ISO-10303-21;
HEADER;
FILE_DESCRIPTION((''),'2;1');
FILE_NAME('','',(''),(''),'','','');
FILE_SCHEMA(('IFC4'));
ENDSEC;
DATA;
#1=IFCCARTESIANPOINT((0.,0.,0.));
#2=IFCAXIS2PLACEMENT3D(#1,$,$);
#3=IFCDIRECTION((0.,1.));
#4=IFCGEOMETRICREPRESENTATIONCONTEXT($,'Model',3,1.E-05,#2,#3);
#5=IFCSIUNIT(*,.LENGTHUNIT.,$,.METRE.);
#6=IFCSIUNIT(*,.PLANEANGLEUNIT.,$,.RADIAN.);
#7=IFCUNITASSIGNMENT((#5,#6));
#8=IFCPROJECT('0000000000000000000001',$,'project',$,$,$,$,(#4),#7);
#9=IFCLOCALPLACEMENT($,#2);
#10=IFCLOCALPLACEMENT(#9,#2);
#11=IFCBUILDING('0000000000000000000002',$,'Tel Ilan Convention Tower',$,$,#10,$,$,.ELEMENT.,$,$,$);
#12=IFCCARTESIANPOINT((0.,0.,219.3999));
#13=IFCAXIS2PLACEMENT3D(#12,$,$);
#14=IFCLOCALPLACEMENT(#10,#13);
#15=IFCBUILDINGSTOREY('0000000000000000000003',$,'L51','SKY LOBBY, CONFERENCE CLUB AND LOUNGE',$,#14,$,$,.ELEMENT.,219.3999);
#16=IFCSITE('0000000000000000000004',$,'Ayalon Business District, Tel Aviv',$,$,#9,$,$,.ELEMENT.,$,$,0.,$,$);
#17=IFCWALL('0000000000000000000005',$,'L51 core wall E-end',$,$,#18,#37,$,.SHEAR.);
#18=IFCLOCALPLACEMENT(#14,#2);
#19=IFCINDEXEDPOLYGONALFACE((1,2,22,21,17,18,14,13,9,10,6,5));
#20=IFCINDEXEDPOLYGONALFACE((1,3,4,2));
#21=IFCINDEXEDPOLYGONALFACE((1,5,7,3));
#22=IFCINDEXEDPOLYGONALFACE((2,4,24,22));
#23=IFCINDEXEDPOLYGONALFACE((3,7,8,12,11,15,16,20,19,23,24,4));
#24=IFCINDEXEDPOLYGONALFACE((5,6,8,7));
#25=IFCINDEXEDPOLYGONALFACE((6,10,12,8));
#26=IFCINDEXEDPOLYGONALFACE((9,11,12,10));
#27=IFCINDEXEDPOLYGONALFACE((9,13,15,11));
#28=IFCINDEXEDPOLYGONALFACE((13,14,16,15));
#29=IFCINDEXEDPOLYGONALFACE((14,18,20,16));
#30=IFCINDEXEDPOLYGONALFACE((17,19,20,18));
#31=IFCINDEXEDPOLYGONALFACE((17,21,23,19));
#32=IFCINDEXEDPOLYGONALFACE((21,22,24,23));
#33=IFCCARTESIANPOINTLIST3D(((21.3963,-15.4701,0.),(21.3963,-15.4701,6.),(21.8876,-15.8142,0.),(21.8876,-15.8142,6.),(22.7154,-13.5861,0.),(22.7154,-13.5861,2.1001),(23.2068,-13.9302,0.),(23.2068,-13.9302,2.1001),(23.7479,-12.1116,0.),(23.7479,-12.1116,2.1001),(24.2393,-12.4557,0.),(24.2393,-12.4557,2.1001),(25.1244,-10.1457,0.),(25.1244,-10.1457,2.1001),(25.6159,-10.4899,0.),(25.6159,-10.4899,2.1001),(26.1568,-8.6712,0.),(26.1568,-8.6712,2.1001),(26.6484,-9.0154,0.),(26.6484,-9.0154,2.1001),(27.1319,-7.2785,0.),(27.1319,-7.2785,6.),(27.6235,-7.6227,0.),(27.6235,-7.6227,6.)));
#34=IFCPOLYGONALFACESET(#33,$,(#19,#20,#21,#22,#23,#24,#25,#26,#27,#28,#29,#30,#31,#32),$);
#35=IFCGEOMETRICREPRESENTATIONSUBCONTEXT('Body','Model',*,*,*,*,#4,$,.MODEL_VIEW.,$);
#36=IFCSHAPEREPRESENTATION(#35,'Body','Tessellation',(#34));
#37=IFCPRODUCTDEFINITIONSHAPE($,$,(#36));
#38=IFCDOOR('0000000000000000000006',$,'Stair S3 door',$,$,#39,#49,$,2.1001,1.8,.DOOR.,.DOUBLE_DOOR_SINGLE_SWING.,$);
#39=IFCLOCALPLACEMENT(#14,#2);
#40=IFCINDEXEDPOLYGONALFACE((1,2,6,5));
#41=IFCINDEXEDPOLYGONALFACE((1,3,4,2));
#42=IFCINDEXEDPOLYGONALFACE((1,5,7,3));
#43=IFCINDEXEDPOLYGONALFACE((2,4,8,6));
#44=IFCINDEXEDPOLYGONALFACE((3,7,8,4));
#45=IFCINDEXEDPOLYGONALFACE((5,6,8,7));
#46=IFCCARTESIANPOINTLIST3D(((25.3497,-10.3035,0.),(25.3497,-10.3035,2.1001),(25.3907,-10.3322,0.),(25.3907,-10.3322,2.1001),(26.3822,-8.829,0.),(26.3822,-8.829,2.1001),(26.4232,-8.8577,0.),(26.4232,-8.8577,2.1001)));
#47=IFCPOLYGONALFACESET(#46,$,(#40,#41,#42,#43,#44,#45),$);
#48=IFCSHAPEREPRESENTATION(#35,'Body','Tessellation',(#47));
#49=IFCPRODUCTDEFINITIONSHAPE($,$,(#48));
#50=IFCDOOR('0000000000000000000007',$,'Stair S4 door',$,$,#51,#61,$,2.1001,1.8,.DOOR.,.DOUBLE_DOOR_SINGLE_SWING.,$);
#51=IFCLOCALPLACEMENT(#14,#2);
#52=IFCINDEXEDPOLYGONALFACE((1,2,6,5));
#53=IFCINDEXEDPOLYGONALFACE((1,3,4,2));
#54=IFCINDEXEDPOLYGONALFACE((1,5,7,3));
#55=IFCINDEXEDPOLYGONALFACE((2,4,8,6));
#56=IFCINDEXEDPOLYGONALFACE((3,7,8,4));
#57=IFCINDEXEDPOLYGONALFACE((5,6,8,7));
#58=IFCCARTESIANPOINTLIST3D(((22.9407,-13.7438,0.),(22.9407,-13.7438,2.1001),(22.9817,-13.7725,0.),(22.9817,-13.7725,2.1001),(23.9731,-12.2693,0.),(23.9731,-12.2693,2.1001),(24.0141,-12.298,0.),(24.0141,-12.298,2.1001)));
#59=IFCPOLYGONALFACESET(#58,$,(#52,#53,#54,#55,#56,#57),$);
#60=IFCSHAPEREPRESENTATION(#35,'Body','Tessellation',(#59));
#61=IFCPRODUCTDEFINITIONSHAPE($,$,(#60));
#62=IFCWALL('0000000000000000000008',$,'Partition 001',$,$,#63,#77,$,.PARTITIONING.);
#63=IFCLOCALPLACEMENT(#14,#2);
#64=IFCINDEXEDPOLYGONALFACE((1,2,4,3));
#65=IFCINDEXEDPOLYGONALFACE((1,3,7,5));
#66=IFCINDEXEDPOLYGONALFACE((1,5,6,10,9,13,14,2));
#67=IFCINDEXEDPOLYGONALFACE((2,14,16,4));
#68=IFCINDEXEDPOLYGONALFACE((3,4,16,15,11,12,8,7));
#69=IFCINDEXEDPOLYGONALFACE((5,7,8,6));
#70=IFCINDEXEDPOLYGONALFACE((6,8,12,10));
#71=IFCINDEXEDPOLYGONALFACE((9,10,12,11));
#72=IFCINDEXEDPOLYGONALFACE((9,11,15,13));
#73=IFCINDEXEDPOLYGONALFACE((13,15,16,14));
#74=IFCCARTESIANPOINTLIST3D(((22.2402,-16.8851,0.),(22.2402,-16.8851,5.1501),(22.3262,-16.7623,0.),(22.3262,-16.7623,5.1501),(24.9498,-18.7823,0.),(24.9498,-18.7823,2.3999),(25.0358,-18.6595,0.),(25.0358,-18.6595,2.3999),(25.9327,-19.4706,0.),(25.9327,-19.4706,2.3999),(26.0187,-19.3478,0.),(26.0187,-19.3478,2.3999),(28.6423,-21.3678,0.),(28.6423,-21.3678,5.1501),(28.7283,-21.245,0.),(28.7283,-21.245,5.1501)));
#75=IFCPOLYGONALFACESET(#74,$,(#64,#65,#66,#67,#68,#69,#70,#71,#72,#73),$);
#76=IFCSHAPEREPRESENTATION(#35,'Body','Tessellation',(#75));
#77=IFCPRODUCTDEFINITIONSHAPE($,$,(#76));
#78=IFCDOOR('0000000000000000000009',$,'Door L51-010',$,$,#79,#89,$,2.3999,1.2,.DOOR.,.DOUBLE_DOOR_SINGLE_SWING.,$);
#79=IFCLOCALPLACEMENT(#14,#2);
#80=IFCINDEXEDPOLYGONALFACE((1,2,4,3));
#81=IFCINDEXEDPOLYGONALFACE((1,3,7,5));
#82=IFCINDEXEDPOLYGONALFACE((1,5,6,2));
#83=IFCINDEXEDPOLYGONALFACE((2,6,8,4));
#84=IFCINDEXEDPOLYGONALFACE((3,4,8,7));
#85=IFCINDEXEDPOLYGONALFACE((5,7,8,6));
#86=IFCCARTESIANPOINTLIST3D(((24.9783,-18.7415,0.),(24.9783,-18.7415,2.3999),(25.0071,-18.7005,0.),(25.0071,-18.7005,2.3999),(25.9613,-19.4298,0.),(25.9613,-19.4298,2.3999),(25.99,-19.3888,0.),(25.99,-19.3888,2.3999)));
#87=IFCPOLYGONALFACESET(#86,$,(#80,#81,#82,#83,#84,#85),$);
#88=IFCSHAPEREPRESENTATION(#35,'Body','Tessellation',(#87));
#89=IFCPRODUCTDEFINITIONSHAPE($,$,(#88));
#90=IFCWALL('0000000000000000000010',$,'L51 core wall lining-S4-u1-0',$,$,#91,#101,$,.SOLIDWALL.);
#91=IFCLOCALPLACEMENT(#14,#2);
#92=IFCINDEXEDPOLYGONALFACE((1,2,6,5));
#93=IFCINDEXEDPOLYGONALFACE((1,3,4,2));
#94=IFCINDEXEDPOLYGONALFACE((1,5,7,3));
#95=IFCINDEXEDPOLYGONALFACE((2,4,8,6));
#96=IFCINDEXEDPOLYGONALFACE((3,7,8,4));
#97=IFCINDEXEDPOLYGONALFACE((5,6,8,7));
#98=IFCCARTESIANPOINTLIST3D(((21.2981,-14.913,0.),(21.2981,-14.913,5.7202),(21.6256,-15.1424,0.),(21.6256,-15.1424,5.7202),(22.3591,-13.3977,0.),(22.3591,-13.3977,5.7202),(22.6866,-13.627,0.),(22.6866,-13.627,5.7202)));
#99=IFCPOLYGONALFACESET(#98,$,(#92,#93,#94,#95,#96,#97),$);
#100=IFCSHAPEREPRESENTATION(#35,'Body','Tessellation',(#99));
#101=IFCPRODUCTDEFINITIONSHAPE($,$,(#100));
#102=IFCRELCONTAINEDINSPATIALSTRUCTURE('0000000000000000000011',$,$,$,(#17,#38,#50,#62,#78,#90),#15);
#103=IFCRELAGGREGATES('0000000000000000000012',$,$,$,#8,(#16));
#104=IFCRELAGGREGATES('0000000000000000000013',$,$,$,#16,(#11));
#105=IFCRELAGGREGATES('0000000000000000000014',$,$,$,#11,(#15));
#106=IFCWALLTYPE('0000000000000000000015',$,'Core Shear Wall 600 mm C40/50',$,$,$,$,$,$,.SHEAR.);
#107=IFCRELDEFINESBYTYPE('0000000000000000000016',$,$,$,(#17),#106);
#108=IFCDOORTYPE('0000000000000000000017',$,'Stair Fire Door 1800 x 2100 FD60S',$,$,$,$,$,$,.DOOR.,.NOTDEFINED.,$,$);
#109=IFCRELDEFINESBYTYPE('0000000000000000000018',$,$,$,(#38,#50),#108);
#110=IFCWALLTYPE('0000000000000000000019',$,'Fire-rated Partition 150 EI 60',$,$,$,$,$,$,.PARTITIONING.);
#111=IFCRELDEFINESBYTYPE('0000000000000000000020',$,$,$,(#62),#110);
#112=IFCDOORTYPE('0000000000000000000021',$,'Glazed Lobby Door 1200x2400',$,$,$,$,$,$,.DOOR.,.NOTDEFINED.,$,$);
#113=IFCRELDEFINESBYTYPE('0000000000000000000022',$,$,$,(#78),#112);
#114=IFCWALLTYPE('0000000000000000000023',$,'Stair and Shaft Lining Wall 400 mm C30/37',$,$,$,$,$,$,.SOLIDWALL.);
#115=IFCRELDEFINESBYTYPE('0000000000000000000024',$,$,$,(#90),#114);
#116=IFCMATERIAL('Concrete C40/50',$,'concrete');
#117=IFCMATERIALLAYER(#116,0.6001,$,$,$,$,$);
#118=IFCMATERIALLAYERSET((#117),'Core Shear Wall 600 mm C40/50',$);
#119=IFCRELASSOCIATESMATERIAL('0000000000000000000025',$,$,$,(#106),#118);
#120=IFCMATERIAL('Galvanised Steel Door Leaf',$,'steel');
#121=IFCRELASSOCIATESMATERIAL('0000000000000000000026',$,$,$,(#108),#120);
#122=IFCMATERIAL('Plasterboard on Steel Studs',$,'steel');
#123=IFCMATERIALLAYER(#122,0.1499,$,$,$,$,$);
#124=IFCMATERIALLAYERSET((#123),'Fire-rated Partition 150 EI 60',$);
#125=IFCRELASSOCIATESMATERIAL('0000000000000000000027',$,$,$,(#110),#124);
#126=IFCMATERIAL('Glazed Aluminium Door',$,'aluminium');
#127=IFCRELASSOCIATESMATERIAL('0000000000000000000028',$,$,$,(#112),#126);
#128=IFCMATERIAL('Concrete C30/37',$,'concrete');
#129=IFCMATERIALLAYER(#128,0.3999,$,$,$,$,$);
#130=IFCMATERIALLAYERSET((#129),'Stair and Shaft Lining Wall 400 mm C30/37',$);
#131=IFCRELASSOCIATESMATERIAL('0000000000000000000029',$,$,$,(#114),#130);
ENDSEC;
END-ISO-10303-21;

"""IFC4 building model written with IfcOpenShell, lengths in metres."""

from ifc_helpers import new_model, si_unit, direction, frame, frame_2d, origin, place, context, subcontext, project, spatial, polyline, rectangle, outline, extrude, material, layer, layer_set, type_object, element, fill, save


model = new_model("IFC4")

# Units and contexts
model_context = context("Model", 3, precision=1e-05, world=origin(), true_north=direction((0.0, 1.0)))
body_context = subcontext(model_context, "Body", "Model", "MODEL_VIEW")
ifc_project = project(units=[si_unit("LENGTHUNIT", "METRE"), si_unit("PLANEANGLEUNIT", "RADIAN")], contexts=[model_context])

# Site, building, storey
site_placement = place(None, origin())
site = spatial("IfcSite", under=ifc_project, at=site_placement, Name="Ayalon Business District, Tel Aviv", CompositionType="ELEMENT", RefElevation=0.0)
building_placement = place(site_placement, origin())
building = spatial("IfcBuilding", under=site, at=building_placement, Name="Tel Ilan Convention Tower", CompositionType="ELEMENT")
storey_placement = place(building_placement, frame((0.0, 0.0, 219.3999)))
storey = spatial("IfcBuildingStorey", under=building, at=storey_placement, Name="L51", Description="SKY LOBBY, CONFERENCE CLUB AND LOUNGE", CompositionType="ELEMENT", Elevation=219.3999)

# Wall, openings, doors
ifc_material_1 = material(Name="Concrete C40/50", Category="concrete")
ifc_layer_1 = layer(ifc_material_1, 0.6001)
ifc_layer_set_1 = layer_set([ifc_layer_1], Name="Core Shear Wall 600 mm C40/50")
wall_type_1 = type_object("IfcWallType", Name="Core Shear Wall 600 mm C40/50", PredefinedType="SHEAR", material=ifc_layer_set_1)
wall_1_placement = place(storey_placement, frame((21.6418, -15.6421, 0.0), z_axis=(0.0, 0.0, 1.0), x_axis=(0.573587, 0.819145, 0.0)))
wall_1 = element("IfcWall", 1, at=wall_1_placement, inside=storey, type_object=wall_type_1, Name="L51 core wall E-end", PredefinedType="SHEAR", context=body_context, shape_type="SweptSolid", body=[
    extrude(outline(polyline([(10.0, 0.3), (0.0, 0.2998), (0.0, -0.3), (10.0, -0.3), (10.0, 0.3)])), origin(), (0.0, 0.0, 1.0), 6.0),
])
opening_1_placement = place(wall_1_placement, frame((6.5, 0.0, 0.0)))
opening_1 = element("IfcOpeningElement", 2, at=opening_1_placement, cuts=wall_1, PredefinedType="OPENING", context=body_context, shape_type="SweptSolid", body=[
    extrude(rectangle(XDim=1.8, YDim=2.1001, at=frame_2d((0.8999, 1.05))), frame((0.0, 0.3101, 0.0), z_axis=(0.0, -1.0, 0.0), x_axis=(1.0, 0.0, 0.0)), (0.0, 0.0, 1.0), 0.6201),
])
opening_2_placement = place(wall_1_placement, frame((2.3, 0.0, 0.0)))
opening_2 = element("IfcOpeningElement", 3, at=opening_2_placement, cuts=wall_1, PredefinedType="OPENING", context=body_context, shape_type="SweptSolid", body=[
    extrude(rectangle(XDim=1.8, YDim=2.1001, at=frame_2d((0.8999, 1.05))), frame((0.0, 0.3101, 0.0), z_axis=(0.0, -1.0, 0.0), x_axis=(1.0, 0.0, 0.0)), (0.0, 0.0, 1.0), 0.6201),
])
ifc_material_2 = material(Name="Galvanised Steel Door Leaf", Category="steel")
door_type_1 = type_object("IfcDoorType", Name="Stair Fire Door 1800 x 2100 FD60S", OperationType="NOTDEFINED", PredefinedType="DOOR", material=ifc_material_2)
door_1_placement = place(opening_1_placement, origin())
door_1 = element("IfcDoor", 4, at=door_1_placement, inside=storey, type_object=door_type_1, Name="Stair S3 door", OperationType="DOUBLE_DOOR_SINGLE_SWING", OverallHeight=2.1001, OverallWidth=1.8, PredefinedType="DOOR", context=body_context, shape_type="SweptSolid", body=[
    extrude(rectangle(XDim=1.8, YDim=2.1001, at=frame_2d((0.8999, 1.05))), frame((0.0, 0.0249, 0.0), z_axis=(0.0, -1.0, 0.0), x_axis=(1.0, 0.0, 0.0)), (0.0, 0.0, 1.0), 0.05),
])
fill(opening_1, door_1)
door_2_placement = place(opening_2_placement, origin())
door_2 = element("IfcDoor", 5, at=door_2_placement, inside=storey, type_object=door_type_1, Name="Stair S4 door", OperationType="DOUBLE_DOOR_SINGLE_SWING", OverallHeight=2.1001, OverallWidth=1.8, PredefinedType="DOOR", context=body_context, shape_type="SweptSolid", body=[
    extrude(rectangle(XDim=1.8, YDim=2.1001, at=frame_2d((0.8999, 1.05))), frame((0.0, 0.0249, 0.0), z_axis=(0.0, -1.0, 0.0), x_axis=(1.0, 0.0, 0.0)), (0.0, 0.0, 1.0), 0.05),
])
fill(opening_2, door_2)

# Wall, opening, door
ifc_material_3 = material(Name="Plasterboard on Steel Studs", Category="steel")
ifc_layer_2 = layer(ifc_material_3, 0.1499)
ifc_layer_set_2 = layer_set([ifc_layer_2], Name="Fire-rated Partition 150 EI 60")
wall_type_2 = type_object("IfcWallType", Name="Fire-rated Partition 150 EI 60", PredefinedType="PARTITIONING", material=ifc_layer_set_2)
wall_2_placement = place(storey_placement, frame((22.2832, -16.8237, 0.0), z_axis=(0.0, 0.0, 1.0), x_axis=(0.81916, -0.573565, 0.0)))
wall_2 = element("IfcWall", 6, at=wall_2_placement, inside=storey, type_object=wall_type_2, Name="Partition 001", PredefinedType="PARTITIONING", context=body_context, shape_type="SweptSolid", body=[
    extrude(rectangle(XDim=7.8154, YDim=0.1499, at=frame_2d((3.9077, 0.0))), origin(), (0.0, 0.0, 1.0), 5.1501),
])
opening_3_placement = place(wall_2_placement, frame((3.3076, 0.0, 0.0)))
opening_3 = element("IfcOpeningElement", 7, at=opening_3_placement, cuts=wall_2, PredefinedType="OPENING", context=body_context, shape_type="SweptSolid", body=[
    extrude(rectangle(XDim=1.2, YDim=2.3999, at=frame_2d((0.6001, 1.2))), frame((0.0, 0.085, 0.0), z_axis=(0.0, -1.0, 0.0), x_axis=(1.0, 0.0, 0.0)), (0.0, 0.0, 1.0), 0.1699),
])
ifc_material_4 = material(Name="Glazed Aluminium Door", Category="aluminium")
door_type_2 = type_object("IfcDoorType", Name="Glazed Lobby Door 1200x2400", OperationType="NOTDEFINED", PredefinedType="DOOR", material=ifc_material_4)
door_3_placement = place(opening_3_placement, origin())
door_3 = element("IfcDoor", 8, at=door_3_placement, inside=storey, type_object=door_type_2, Name="Door L51-010", OperationType="DOUBLE_DOOR_SINGLE_SWING", OverallHeight=2.3999, OverallWidth=1.2, PredefinedType="DOOR", context=body_context, shape_type="SweptSolid", body=[
    extrude(rectangle(XDim=1.2, YDim=2.3999, at=frame_2d((0.6001, 1.2))), frame((0.0, 0.0249, 0.0), z_axis=(0.0, -1.0, 0.0), x_axis=(1.0, 0.0, 0.0)), (0.0, 0.0, 1.0), 0.05),
])
fill(opening_3, door_3)

# Wall
ifc_material_5 = material(Name="Concrete C30/37", Category="concrete")
ifc_layer_3 = layer(ifc_material_5, 0.3999)
ifc_layer_set_3 = layer_set([ifc_layer_3], Name="Stair and Shaft Lining Wall 400 mm C30/37")
wall_type_3 = type_object("IfcWallType", Name="Stair and Shaft Lining Wall 400 mm C30/37", PredefinedType="SOLIDWALL", material=ifc_layer_set_3)
wall_3_placement = place(storey_placement, frame((21.4619, -15.0276, 0.0), z_axis=(0.0, 0.0, 1.0), x_axis=(0.57356, 0.819164, 0.0)))
element("IfcWall", 9, at=wall_3_placement, inside=storey, type_object=wall_type_3, Name="L51 core wall lining-S4-u1-0", PredefinedType="SOLIDWALL", context=body_context, shape_type="SweptSolid", body=[
    extrude(rectangle(XDim=1.8499, YDim=0.3999, at=frame_2d((0.9248, 0.0))), origin(), (0.0, 0.0, 1.0), 5.7202),
])

save(model, "model.ifc")
